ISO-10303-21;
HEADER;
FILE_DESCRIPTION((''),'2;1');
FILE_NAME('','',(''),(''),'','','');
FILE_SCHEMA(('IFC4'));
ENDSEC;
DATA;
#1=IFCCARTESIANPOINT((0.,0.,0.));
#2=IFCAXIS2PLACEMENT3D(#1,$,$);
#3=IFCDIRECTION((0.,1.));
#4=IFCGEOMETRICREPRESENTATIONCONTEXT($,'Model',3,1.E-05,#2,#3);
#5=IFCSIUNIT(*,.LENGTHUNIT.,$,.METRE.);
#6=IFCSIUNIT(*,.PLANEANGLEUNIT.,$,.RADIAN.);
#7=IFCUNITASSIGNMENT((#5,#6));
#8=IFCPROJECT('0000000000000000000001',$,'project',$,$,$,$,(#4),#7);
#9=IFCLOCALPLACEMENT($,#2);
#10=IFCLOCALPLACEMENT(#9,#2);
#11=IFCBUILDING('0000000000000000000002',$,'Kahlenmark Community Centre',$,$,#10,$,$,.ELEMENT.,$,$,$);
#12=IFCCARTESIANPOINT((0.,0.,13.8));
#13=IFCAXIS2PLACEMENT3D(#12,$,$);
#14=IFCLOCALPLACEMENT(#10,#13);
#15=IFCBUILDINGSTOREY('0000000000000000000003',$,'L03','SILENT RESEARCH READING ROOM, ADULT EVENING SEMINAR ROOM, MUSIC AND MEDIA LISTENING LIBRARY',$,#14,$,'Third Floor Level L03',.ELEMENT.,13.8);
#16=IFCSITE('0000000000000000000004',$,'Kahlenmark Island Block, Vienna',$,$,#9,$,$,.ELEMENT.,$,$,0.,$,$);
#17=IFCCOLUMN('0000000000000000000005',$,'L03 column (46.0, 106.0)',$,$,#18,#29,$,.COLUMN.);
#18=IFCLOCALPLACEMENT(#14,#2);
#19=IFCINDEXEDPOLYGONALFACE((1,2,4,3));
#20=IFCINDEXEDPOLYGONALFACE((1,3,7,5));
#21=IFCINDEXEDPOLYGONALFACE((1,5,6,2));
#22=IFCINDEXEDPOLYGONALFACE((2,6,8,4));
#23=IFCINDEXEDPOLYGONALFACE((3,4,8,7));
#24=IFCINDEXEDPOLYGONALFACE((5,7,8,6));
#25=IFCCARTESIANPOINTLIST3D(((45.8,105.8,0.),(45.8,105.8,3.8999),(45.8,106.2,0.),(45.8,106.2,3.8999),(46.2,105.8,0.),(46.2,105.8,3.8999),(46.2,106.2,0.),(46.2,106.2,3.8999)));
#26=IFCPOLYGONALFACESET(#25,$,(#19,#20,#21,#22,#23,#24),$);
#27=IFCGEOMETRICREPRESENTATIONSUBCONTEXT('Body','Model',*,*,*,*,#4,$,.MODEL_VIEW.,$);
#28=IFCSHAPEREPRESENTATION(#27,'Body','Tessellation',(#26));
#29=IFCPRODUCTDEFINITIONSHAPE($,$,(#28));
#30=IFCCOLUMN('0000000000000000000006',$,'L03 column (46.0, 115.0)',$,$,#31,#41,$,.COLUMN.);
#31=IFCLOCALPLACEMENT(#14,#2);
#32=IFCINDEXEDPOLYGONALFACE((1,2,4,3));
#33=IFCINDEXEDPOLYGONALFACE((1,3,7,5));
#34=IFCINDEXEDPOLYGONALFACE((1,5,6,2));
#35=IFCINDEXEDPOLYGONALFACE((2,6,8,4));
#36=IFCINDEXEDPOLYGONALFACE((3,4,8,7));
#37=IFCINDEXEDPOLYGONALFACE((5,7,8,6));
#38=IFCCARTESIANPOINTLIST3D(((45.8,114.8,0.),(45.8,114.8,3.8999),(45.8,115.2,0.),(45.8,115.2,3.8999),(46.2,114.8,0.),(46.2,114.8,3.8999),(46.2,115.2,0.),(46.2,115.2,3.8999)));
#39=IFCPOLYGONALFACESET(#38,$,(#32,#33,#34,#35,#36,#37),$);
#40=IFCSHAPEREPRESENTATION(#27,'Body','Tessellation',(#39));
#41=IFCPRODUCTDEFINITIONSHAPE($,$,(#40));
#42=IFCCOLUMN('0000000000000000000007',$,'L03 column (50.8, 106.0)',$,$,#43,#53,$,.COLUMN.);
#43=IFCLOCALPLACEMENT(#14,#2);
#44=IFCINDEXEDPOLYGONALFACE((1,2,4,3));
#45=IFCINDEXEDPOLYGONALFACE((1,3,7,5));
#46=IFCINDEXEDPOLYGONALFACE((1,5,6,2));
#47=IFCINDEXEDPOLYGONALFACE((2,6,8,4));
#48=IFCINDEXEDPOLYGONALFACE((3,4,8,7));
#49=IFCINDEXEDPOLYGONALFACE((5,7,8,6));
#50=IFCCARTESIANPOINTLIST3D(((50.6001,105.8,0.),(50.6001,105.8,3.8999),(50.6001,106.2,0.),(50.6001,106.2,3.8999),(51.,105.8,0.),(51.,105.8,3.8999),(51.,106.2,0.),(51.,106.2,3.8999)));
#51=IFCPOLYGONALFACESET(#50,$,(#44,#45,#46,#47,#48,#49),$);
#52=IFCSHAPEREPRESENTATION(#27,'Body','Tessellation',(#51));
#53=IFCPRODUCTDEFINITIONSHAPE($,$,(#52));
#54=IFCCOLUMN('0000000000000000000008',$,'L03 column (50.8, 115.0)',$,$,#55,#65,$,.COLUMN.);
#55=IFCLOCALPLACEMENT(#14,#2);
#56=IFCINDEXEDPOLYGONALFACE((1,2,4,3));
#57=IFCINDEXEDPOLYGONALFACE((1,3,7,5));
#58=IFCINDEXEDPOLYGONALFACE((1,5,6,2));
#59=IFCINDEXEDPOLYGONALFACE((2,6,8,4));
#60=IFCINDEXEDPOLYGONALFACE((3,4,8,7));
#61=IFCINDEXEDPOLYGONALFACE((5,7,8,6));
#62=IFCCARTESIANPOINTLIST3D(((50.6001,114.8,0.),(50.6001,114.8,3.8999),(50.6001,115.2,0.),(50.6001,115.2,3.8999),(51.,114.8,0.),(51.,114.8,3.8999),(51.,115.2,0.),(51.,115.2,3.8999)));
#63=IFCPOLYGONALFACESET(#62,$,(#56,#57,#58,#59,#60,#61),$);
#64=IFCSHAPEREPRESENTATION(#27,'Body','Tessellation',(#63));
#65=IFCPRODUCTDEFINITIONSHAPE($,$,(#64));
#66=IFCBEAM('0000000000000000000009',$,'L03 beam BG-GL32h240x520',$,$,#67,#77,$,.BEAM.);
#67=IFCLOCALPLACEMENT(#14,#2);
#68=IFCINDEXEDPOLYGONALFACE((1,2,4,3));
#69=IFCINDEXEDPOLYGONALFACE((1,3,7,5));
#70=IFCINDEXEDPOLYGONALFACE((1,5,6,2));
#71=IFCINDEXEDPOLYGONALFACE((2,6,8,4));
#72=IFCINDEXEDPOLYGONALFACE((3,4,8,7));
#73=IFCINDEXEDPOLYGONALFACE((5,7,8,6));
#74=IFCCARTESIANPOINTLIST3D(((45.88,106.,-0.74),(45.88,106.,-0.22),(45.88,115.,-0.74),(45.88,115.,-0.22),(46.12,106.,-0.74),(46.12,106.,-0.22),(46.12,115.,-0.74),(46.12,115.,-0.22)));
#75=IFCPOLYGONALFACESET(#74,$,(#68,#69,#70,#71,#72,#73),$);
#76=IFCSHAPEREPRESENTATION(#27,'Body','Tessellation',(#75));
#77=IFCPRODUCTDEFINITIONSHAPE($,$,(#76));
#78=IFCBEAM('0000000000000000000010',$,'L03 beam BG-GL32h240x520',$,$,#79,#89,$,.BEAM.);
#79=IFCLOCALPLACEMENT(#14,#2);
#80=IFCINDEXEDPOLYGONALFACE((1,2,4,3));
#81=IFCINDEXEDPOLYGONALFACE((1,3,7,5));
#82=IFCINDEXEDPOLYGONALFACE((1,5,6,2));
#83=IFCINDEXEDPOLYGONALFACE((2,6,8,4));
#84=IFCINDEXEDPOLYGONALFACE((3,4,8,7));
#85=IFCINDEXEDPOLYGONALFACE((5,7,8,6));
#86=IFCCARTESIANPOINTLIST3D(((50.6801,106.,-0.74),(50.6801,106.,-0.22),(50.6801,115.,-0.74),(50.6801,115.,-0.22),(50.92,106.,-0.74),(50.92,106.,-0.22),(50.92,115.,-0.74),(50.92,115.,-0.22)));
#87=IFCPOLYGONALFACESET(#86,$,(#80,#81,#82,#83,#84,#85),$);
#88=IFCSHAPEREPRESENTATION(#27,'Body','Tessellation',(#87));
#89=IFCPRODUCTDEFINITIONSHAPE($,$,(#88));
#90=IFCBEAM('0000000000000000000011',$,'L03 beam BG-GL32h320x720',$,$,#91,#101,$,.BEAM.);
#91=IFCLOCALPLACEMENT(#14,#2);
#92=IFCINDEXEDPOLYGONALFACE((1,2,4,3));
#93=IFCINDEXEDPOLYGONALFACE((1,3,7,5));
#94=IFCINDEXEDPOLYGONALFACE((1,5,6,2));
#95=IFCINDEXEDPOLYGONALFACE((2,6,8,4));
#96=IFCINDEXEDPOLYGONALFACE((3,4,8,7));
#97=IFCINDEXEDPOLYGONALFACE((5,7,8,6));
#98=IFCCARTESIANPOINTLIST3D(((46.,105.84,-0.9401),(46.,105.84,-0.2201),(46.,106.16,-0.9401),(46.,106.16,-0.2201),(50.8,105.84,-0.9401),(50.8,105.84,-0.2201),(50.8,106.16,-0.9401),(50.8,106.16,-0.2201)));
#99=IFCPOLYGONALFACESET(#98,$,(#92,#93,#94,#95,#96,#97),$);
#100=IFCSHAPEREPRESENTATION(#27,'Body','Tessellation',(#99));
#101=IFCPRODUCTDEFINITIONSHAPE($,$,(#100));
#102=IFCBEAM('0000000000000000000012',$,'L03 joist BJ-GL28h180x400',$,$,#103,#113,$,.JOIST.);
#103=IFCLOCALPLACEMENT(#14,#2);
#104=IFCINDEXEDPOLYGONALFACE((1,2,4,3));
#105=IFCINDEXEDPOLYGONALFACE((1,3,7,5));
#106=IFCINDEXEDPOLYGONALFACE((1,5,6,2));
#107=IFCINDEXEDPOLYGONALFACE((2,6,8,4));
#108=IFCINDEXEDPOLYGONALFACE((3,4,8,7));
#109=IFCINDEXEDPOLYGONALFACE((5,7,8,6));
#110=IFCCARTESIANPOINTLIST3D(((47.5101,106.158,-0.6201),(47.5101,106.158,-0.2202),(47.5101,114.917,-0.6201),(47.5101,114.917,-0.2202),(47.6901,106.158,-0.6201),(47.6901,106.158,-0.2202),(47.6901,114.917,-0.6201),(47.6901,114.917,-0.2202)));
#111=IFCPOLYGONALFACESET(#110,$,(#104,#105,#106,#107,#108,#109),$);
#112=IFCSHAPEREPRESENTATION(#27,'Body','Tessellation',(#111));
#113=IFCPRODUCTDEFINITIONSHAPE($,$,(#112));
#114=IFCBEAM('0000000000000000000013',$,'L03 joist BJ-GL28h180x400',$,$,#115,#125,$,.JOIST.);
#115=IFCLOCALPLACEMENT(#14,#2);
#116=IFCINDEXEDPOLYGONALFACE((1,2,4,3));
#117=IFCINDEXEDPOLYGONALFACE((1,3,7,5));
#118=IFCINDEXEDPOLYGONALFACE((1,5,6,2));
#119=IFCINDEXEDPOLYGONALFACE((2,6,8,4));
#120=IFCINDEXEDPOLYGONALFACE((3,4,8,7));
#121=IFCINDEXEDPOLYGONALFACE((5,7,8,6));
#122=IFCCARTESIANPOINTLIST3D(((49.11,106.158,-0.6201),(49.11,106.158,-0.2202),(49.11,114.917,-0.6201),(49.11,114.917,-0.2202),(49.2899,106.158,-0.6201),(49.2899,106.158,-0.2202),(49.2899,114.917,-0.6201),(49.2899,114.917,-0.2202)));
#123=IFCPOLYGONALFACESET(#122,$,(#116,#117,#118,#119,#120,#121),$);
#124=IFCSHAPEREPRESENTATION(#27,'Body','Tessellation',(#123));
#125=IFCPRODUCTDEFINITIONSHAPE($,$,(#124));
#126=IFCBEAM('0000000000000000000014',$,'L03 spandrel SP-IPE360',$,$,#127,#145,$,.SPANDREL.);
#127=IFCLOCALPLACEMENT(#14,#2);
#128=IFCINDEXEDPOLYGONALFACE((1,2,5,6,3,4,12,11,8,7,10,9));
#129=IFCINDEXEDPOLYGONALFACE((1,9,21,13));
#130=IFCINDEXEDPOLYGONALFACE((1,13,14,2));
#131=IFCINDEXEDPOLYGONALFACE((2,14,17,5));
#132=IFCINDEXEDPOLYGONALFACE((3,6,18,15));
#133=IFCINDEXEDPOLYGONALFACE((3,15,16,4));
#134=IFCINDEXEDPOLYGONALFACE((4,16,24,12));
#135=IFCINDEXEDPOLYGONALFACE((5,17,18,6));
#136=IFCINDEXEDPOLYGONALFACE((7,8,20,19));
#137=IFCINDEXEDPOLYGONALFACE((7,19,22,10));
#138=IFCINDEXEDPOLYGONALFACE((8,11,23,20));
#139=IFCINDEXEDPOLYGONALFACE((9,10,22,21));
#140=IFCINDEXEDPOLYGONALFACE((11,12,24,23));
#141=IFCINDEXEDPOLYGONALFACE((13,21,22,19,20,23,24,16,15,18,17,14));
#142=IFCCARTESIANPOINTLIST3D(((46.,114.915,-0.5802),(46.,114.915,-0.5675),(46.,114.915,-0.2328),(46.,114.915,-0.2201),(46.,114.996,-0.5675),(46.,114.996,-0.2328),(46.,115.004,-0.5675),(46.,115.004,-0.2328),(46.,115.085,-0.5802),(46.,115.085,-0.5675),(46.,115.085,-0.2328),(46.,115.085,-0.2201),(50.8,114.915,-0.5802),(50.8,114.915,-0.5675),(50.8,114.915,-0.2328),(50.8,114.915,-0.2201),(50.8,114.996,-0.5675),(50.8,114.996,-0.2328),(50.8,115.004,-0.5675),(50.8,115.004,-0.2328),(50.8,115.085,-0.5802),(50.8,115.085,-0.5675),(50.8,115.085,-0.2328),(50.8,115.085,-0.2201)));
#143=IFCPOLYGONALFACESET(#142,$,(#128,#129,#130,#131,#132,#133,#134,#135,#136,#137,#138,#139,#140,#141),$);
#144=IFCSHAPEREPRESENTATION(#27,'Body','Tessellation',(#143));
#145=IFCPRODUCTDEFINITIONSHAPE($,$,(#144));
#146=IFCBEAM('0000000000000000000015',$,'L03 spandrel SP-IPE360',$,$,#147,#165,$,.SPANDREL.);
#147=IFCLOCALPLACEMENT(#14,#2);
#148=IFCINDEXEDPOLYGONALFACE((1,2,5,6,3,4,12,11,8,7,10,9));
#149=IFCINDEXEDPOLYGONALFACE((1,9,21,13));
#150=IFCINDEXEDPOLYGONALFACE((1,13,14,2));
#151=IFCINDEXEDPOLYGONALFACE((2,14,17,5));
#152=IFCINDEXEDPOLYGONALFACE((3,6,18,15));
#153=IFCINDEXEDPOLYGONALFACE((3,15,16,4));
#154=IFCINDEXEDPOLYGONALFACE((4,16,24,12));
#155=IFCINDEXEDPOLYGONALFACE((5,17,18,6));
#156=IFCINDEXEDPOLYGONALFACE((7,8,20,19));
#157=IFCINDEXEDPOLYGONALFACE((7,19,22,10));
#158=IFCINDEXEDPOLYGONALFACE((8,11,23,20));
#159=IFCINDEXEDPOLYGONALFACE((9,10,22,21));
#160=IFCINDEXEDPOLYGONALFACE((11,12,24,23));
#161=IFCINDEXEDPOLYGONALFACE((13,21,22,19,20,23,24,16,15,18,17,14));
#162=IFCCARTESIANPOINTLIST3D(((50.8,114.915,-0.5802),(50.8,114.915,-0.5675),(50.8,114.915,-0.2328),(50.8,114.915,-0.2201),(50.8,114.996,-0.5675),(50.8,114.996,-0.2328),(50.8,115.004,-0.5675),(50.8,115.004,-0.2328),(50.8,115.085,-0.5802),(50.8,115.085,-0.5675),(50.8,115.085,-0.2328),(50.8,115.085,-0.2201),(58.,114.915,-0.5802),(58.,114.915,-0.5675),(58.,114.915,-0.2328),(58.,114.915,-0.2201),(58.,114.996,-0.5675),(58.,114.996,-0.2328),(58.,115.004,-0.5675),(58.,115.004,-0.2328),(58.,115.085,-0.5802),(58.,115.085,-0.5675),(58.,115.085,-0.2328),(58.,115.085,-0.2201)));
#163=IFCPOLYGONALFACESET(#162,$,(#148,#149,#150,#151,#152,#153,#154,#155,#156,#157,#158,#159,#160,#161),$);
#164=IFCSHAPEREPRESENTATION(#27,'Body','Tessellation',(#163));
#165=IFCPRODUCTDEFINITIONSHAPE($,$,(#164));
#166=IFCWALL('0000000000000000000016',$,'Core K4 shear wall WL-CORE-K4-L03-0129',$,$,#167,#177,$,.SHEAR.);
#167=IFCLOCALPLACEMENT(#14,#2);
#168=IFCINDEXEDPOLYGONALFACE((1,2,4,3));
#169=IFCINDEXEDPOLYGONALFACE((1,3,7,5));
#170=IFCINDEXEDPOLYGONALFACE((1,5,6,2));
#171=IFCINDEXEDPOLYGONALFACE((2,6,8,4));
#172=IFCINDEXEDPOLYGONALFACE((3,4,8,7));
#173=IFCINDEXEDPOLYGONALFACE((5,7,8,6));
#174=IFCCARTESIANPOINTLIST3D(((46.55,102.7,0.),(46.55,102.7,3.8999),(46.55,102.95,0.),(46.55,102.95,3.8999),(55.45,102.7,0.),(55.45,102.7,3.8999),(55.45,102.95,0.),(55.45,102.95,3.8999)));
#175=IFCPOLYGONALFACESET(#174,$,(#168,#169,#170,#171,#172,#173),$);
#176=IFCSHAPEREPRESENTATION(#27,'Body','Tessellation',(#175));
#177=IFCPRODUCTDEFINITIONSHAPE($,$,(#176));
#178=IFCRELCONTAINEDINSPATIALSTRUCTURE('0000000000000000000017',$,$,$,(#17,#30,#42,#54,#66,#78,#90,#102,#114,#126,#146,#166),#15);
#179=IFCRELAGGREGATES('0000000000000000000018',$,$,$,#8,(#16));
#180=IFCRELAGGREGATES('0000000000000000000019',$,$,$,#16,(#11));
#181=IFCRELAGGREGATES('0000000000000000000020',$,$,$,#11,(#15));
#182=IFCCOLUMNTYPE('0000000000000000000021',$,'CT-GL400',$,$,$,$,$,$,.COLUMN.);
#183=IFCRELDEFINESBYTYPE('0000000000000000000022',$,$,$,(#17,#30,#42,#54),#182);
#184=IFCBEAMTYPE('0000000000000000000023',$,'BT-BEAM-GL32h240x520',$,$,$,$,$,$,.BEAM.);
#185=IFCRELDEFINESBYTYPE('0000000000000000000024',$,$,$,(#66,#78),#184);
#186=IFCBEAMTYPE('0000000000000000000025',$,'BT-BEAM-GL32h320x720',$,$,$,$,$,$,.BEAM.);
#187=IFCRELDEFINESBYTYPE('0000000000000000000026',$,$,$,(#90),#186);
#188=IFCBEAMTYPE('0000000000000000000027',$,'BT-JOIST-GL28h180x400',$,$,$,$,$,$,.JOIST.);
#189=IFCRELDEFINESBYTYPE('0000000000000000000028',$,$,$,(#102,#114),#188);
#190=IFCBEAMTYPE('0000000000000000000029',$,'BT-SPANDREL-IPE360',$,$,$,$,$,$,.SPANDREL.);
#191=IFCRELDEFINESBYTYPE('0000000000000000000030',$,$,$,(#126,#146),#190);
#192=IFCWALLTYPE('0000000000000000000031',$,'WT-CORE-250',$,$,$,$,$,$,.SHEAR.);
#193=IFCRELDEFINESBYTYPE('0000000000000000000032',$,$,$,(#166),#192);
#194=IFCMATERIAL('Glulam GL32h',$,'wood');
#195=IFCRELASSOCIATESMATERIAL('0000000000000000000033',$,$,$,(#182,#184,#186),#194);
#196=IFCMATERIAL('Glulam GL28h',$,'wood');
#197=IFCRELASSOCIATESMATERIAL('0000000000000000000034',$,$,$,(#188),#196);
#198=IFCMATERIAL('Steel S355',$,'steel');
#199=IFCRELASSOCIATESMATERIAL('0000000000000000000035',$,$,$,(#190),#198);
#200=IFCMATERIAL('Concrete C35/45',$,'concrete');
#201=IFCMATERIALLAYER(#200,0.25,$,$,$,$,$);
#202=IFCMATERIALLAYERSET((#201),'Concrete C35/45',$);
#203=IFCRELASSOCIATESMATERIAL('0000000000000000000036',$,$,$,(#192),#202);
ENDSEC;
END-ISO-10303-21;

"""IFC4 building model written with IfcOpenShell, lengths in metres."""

from ifc_helpers import new_model, si_unit, direction, frame, frame_2d, origin, origin_2d, place, context, subcontext, project, spatial, rectangle, i_section, extrude, material, layer, layer_set, material_profile, profile_set, type_object, element, save


model = new_model("IFC4")

# Units and contexts
model_context = context("Model", 3, precision=1e-05, world=origin(), true_north=direction((0.0, 1.0)))
body_context = subcontext(model_context, "Body", "Model", "MODEL_VIEW")
ifc_project = project(units=[si_unit("LENGTHUNIT", "METRE"), si_unit("PLANEANGLEUNIT", "RADIAN")], contexts=[model_context])

# Site, building, storey
site_placement = place(None, origin())
site = spatial("IfcSite", under=ifc_project, at=site_placement, Name="Kahlenmark Island Block, Vienna", CompositionType="ELEMENT", RefElevation=0.0)
building_placement = place(site_placement, origin())
building = spatial("IfcBuilding", under=site, at=building_placement, Name="Kahlenmark Community Centre", CompositionType="ELEMENT")
storey_placement = place(building_placement, frame((0.0, 0.0, 13.8)))
storey = spatial("IfcBuildingStorey", under=building, at=storey_placement, Name="L03", Description="SILENT RESEARCH READING ROOM, ADULT EVENING SEMINAR ROOM, MUSIC AND MEDIA LISTENING LIBRARY", LongName="Third Floor Level L03", CompositionType="ELEMENT", Elevation=13.8)

# Columns
ifc_material_1 = material(Name="Glulam GL32h", Category="wood")
ifc_material_profile_1 = material_profile(ifc_material_1, rectangle(XDim=0.3999, YDim=0.3999, at=origin_2d()), Name="GL32h 400x400")
ifc_profile_set_1 = profile_set([ifc_material_profile_1], Name="Glulam GL32h")
column_type = type_object("IfcColumnType", Name="CT-GL400", PredefinedType="COLUMN", material=ifc_profile_set_1)
for number, where, z_axis, x_axis, name in (
    (1, (46.0, 106.0, 0.0), (0.0, 0.0, 1.0), (1.0, 0.0, 0.0), "L03 column (46.0, 106.0)"),
    (2, (46.0, 115.0, 0.0), (0.0, 0.0, 1.0), (1.0, 0.0, 0.0), "L03 column (46.0, 115.0)"),
    (3, (50.8, 106.0, 0.0), (0.0, 0.0, 1.0), (1.0, 0.0, 0.0), "L03 column (50.8, 106.0)"),
    (4, (50.8, 115.0, 0.0), (0.0, 0.0, 1.0), (1.0, 0.0, 0.0), "L03 column (50.8, 115.0)"),
):
    element("IfcColumn", number, at=place(storey_placement, frame(where, z_axis=z_axis, x_axis=x_axis)), inside=storey, type_object=column_type, Name=name, PredefinedType="COLUMN", context=body_context, shape_type="SweptSolid", body=[
        extrude(rectangle(XDim=0.3999, YDim=0.3999, at=origin_2d()), origin(), (0.0, 0.0, 1.0), 3.8999),
    ])

# Beams
ifc_material_profile_2 = material_profile(ifc_material_1, rectangle(XDim=0.24, YDim=0.52, at=origin_2d()), Name="GL32h 240x520")
ifc_profile_set_2 = profile_set([ifc_material_profile_2], Name="Glulam GL32h")
beam_type_1 = type_object("IfcBeamType", Name="BT-BEAM-GL32h240x520", PredefinedType="BEAM", material=ifc_profile_set_2)
for number, where, z_axis, x_axis, name in (
    (5, (46.0, 106.0, -0.48), (0.0, 1.0, 0.0), (-1.0, 0.0, 0.0), "L03 beam BG-GL32h240x520"),
    (6, (50.8, 106.0, -0.48), (0.0, 1.0, 0.0), (-1.0, 0.0, 0.0), "L03 beam BG-GL32h240x520"),
):
    element("IfcBeam", number, at=place(storey_placement, frame(where, z_axis=z_axis, x_axis=x_axis)), inside=storey, type_object=beam_type_1, Name=name, PredefinedType="BEAM", context=body_context, shape_type="SweptSolid", body=[
        extrude(rectangle(XDim=0.24, YDim=0.52, at=origin_2d()), origin(), (0.0, 0.0, 1.0), 9.0),
    ])
ifc_material_profile_3 = material_profile(ifc_material_1, rectangle(XDim=0.3201, YDim=0.72, at=origin_2d()), Name="GL32h 320x720")
ifc_profile_set_3 = profile_set([ifc_material_profile_3], Name="Glulam GL32h")
beam_type_2 = type_object("IfcBeamType", Name="BT-BEAM-GL32h320x720", PredefinedType="BEAM", material=ifc_profile_set_3)
beam_1_placement = place(storey_placement, frame((46.0, 106.0, -0.5801), z_axis=(1.0, 0.0, 0.0), x_axis=(0.0, 1.0, 0.0)))
element("IfcBeam", 7, at=beam_1_placement, inside=storey, type_object=beam_type_2, Name="L03 beam BG-GL32h320x720", PredefinedType="BEAM", context=body_context, shape_type="SweptSolid", body=[
    extrude(rectangle(XDim=0.3201, YDim=0.72, at=origin_2d()), origin(), (0.0, 0.0, 1.0), 4.8),
])
ifc_material_2 = material(Name="Glulam GL28h", Category="wood")
ifc_material_profile_4 = material_profile(ifc_material_2, rectangle(XDim=0.1799, YDim=0.3999, at=origin_2d()), Name="GL28h 180x400")
ifc_profile_set_4 = profile_set([ifc_material_profile_4], Name="Glulam GL28h")
beam_type_3 = type_object("IfcBeamType", Name="BT-JOIST-GL28h180x400", PredefinedType="JOIST", material=ifc_profile_set_4)
for number, where, z_axis, x_axis, name in (
    (8, (47.6001, 106.158, -0.4202), (0.0, 1.0, 0.0), (-1.0, 0.0, 0.0), "L03 joist BJ-GL28h180x400"),
    (9, (49.2, 106.158, -0.4202), (0.0, 1.0, 0.0), (-1.0, 0.0, 0.0), "L03 joist BJ-GL28h180x400"),
):
    element("IfcBeam", number, at=place(storey_placement, frame(where, z_axis=z_axis, x_axis=x_axis)), inside=storey, type_object=beam_type_3, Name=name, PredefinedType="JOIST", context=body_context, shape_type="SweptSolid", body=[
        extrude(rectangle(XDim=0.1799, YDim=0.3999, at=origin_2d()), origin(), (0.0, 0.0, 1.0), 8.759),
    ])
ifc_material_3 = material(Name="Steel S355", Category="steel")
ifc_material_profile_5 = material_profile(ifc_material_3, i_section(OverallWidth=0.1699, OverallDepth=0.3601, WebThickness=0.0081, FlangeThickness=0.0127, at=origin_2d()), Name="IPE 360")
ifc_profile_set_5 = profile_set([ifc_material_profile_5], Name="Steel S355")
beam_type_4 = type_object("IfcBeamType", Name="BT-SPANDREL-IPE360", PredefinedType="SPANDREL", material=ifc_profile_set_5)
beam_2_placement = place(storey_placement, frame((46.0, 115.0, -0.4001), z_axis=(1.0, 0.0, 0.0), x_axis=(0.0, 1.0, 0.0)))
element("IfcBeam", 10, at=beam_2_placement, inside=storey, type_object=beam_type_4, Name="L03 spandrel SP-IPE360", PredefinedType="SPANDREL", context=body_context, shape_type="SweptSolid", body=[
    extrude(i_section(OverallWidth=0.1699, OverallDepth=0.3601, WebThickness=0.0081, FlangeThickness=0.0127, at=origin_2d()), origin(), (0.0, 0.0, 1.0), 4.8),
])
beam_3_placement = place(storey_placement, frame((50.8, 115.0, -0.4001), z_axis=(1.0, 0.0, 0.0), x_axis=(0.0, 1.0, 0.0)))
element("IfcBeam", 11, at=beam_3_placement, inside=storey, type_object=beam_type_4, Name="L03 spandrel SP-IPE360", PredefinedType="SPANDREL", context=body_context, shape_type="SweptSolid", body=[
    extrude(i_section(OverallWidth=0.1699, OverallDepth=0.3601, WebThickness=0.0081, FlangeThickness=0.0127, at=origin_2d()), origin(), (0.0, 0.0, 1.0), 7.2),
])

# Shared definitions
ifc_material_4 = material(Name="Concrete C35/45", Category="concrete")
ifc_layer_1 = layer(ifc_material_4, 0.25)
ifc_layer_set_1 = layer_set([ifc_layer_1], Name="Concrete C35/45")
wall_type_1 = type_object("IfcWallType", Name="WT-CORE-250", PredefinedType="SHEAR", material=ifc_layer_set_1)

# Wall
wall_1_placement = place(storey_placement, frame((46.55, 102.825, 0.0), z_axis=(0.0, 0.0, 1.0), x_axis=(1.0, 0.0, 0.0)))
element("IfcWall", 12, at=wall_1_placement, inside=storey, type_object=wall_type_1, Name="Core K4 shear wall WL-CORE-K4-L03-0129", PredefinedType="SHEAR", context=body_context, shape_type="SweptSolid", body=[
    extrude(rectangle(XDim=8.8999, YDim=0.25, at=frame_2d((4.45, 0.0))), origin(), (0.0, 0.0, 1.0), 3.8999),
])

save(model, "model.ifc")
